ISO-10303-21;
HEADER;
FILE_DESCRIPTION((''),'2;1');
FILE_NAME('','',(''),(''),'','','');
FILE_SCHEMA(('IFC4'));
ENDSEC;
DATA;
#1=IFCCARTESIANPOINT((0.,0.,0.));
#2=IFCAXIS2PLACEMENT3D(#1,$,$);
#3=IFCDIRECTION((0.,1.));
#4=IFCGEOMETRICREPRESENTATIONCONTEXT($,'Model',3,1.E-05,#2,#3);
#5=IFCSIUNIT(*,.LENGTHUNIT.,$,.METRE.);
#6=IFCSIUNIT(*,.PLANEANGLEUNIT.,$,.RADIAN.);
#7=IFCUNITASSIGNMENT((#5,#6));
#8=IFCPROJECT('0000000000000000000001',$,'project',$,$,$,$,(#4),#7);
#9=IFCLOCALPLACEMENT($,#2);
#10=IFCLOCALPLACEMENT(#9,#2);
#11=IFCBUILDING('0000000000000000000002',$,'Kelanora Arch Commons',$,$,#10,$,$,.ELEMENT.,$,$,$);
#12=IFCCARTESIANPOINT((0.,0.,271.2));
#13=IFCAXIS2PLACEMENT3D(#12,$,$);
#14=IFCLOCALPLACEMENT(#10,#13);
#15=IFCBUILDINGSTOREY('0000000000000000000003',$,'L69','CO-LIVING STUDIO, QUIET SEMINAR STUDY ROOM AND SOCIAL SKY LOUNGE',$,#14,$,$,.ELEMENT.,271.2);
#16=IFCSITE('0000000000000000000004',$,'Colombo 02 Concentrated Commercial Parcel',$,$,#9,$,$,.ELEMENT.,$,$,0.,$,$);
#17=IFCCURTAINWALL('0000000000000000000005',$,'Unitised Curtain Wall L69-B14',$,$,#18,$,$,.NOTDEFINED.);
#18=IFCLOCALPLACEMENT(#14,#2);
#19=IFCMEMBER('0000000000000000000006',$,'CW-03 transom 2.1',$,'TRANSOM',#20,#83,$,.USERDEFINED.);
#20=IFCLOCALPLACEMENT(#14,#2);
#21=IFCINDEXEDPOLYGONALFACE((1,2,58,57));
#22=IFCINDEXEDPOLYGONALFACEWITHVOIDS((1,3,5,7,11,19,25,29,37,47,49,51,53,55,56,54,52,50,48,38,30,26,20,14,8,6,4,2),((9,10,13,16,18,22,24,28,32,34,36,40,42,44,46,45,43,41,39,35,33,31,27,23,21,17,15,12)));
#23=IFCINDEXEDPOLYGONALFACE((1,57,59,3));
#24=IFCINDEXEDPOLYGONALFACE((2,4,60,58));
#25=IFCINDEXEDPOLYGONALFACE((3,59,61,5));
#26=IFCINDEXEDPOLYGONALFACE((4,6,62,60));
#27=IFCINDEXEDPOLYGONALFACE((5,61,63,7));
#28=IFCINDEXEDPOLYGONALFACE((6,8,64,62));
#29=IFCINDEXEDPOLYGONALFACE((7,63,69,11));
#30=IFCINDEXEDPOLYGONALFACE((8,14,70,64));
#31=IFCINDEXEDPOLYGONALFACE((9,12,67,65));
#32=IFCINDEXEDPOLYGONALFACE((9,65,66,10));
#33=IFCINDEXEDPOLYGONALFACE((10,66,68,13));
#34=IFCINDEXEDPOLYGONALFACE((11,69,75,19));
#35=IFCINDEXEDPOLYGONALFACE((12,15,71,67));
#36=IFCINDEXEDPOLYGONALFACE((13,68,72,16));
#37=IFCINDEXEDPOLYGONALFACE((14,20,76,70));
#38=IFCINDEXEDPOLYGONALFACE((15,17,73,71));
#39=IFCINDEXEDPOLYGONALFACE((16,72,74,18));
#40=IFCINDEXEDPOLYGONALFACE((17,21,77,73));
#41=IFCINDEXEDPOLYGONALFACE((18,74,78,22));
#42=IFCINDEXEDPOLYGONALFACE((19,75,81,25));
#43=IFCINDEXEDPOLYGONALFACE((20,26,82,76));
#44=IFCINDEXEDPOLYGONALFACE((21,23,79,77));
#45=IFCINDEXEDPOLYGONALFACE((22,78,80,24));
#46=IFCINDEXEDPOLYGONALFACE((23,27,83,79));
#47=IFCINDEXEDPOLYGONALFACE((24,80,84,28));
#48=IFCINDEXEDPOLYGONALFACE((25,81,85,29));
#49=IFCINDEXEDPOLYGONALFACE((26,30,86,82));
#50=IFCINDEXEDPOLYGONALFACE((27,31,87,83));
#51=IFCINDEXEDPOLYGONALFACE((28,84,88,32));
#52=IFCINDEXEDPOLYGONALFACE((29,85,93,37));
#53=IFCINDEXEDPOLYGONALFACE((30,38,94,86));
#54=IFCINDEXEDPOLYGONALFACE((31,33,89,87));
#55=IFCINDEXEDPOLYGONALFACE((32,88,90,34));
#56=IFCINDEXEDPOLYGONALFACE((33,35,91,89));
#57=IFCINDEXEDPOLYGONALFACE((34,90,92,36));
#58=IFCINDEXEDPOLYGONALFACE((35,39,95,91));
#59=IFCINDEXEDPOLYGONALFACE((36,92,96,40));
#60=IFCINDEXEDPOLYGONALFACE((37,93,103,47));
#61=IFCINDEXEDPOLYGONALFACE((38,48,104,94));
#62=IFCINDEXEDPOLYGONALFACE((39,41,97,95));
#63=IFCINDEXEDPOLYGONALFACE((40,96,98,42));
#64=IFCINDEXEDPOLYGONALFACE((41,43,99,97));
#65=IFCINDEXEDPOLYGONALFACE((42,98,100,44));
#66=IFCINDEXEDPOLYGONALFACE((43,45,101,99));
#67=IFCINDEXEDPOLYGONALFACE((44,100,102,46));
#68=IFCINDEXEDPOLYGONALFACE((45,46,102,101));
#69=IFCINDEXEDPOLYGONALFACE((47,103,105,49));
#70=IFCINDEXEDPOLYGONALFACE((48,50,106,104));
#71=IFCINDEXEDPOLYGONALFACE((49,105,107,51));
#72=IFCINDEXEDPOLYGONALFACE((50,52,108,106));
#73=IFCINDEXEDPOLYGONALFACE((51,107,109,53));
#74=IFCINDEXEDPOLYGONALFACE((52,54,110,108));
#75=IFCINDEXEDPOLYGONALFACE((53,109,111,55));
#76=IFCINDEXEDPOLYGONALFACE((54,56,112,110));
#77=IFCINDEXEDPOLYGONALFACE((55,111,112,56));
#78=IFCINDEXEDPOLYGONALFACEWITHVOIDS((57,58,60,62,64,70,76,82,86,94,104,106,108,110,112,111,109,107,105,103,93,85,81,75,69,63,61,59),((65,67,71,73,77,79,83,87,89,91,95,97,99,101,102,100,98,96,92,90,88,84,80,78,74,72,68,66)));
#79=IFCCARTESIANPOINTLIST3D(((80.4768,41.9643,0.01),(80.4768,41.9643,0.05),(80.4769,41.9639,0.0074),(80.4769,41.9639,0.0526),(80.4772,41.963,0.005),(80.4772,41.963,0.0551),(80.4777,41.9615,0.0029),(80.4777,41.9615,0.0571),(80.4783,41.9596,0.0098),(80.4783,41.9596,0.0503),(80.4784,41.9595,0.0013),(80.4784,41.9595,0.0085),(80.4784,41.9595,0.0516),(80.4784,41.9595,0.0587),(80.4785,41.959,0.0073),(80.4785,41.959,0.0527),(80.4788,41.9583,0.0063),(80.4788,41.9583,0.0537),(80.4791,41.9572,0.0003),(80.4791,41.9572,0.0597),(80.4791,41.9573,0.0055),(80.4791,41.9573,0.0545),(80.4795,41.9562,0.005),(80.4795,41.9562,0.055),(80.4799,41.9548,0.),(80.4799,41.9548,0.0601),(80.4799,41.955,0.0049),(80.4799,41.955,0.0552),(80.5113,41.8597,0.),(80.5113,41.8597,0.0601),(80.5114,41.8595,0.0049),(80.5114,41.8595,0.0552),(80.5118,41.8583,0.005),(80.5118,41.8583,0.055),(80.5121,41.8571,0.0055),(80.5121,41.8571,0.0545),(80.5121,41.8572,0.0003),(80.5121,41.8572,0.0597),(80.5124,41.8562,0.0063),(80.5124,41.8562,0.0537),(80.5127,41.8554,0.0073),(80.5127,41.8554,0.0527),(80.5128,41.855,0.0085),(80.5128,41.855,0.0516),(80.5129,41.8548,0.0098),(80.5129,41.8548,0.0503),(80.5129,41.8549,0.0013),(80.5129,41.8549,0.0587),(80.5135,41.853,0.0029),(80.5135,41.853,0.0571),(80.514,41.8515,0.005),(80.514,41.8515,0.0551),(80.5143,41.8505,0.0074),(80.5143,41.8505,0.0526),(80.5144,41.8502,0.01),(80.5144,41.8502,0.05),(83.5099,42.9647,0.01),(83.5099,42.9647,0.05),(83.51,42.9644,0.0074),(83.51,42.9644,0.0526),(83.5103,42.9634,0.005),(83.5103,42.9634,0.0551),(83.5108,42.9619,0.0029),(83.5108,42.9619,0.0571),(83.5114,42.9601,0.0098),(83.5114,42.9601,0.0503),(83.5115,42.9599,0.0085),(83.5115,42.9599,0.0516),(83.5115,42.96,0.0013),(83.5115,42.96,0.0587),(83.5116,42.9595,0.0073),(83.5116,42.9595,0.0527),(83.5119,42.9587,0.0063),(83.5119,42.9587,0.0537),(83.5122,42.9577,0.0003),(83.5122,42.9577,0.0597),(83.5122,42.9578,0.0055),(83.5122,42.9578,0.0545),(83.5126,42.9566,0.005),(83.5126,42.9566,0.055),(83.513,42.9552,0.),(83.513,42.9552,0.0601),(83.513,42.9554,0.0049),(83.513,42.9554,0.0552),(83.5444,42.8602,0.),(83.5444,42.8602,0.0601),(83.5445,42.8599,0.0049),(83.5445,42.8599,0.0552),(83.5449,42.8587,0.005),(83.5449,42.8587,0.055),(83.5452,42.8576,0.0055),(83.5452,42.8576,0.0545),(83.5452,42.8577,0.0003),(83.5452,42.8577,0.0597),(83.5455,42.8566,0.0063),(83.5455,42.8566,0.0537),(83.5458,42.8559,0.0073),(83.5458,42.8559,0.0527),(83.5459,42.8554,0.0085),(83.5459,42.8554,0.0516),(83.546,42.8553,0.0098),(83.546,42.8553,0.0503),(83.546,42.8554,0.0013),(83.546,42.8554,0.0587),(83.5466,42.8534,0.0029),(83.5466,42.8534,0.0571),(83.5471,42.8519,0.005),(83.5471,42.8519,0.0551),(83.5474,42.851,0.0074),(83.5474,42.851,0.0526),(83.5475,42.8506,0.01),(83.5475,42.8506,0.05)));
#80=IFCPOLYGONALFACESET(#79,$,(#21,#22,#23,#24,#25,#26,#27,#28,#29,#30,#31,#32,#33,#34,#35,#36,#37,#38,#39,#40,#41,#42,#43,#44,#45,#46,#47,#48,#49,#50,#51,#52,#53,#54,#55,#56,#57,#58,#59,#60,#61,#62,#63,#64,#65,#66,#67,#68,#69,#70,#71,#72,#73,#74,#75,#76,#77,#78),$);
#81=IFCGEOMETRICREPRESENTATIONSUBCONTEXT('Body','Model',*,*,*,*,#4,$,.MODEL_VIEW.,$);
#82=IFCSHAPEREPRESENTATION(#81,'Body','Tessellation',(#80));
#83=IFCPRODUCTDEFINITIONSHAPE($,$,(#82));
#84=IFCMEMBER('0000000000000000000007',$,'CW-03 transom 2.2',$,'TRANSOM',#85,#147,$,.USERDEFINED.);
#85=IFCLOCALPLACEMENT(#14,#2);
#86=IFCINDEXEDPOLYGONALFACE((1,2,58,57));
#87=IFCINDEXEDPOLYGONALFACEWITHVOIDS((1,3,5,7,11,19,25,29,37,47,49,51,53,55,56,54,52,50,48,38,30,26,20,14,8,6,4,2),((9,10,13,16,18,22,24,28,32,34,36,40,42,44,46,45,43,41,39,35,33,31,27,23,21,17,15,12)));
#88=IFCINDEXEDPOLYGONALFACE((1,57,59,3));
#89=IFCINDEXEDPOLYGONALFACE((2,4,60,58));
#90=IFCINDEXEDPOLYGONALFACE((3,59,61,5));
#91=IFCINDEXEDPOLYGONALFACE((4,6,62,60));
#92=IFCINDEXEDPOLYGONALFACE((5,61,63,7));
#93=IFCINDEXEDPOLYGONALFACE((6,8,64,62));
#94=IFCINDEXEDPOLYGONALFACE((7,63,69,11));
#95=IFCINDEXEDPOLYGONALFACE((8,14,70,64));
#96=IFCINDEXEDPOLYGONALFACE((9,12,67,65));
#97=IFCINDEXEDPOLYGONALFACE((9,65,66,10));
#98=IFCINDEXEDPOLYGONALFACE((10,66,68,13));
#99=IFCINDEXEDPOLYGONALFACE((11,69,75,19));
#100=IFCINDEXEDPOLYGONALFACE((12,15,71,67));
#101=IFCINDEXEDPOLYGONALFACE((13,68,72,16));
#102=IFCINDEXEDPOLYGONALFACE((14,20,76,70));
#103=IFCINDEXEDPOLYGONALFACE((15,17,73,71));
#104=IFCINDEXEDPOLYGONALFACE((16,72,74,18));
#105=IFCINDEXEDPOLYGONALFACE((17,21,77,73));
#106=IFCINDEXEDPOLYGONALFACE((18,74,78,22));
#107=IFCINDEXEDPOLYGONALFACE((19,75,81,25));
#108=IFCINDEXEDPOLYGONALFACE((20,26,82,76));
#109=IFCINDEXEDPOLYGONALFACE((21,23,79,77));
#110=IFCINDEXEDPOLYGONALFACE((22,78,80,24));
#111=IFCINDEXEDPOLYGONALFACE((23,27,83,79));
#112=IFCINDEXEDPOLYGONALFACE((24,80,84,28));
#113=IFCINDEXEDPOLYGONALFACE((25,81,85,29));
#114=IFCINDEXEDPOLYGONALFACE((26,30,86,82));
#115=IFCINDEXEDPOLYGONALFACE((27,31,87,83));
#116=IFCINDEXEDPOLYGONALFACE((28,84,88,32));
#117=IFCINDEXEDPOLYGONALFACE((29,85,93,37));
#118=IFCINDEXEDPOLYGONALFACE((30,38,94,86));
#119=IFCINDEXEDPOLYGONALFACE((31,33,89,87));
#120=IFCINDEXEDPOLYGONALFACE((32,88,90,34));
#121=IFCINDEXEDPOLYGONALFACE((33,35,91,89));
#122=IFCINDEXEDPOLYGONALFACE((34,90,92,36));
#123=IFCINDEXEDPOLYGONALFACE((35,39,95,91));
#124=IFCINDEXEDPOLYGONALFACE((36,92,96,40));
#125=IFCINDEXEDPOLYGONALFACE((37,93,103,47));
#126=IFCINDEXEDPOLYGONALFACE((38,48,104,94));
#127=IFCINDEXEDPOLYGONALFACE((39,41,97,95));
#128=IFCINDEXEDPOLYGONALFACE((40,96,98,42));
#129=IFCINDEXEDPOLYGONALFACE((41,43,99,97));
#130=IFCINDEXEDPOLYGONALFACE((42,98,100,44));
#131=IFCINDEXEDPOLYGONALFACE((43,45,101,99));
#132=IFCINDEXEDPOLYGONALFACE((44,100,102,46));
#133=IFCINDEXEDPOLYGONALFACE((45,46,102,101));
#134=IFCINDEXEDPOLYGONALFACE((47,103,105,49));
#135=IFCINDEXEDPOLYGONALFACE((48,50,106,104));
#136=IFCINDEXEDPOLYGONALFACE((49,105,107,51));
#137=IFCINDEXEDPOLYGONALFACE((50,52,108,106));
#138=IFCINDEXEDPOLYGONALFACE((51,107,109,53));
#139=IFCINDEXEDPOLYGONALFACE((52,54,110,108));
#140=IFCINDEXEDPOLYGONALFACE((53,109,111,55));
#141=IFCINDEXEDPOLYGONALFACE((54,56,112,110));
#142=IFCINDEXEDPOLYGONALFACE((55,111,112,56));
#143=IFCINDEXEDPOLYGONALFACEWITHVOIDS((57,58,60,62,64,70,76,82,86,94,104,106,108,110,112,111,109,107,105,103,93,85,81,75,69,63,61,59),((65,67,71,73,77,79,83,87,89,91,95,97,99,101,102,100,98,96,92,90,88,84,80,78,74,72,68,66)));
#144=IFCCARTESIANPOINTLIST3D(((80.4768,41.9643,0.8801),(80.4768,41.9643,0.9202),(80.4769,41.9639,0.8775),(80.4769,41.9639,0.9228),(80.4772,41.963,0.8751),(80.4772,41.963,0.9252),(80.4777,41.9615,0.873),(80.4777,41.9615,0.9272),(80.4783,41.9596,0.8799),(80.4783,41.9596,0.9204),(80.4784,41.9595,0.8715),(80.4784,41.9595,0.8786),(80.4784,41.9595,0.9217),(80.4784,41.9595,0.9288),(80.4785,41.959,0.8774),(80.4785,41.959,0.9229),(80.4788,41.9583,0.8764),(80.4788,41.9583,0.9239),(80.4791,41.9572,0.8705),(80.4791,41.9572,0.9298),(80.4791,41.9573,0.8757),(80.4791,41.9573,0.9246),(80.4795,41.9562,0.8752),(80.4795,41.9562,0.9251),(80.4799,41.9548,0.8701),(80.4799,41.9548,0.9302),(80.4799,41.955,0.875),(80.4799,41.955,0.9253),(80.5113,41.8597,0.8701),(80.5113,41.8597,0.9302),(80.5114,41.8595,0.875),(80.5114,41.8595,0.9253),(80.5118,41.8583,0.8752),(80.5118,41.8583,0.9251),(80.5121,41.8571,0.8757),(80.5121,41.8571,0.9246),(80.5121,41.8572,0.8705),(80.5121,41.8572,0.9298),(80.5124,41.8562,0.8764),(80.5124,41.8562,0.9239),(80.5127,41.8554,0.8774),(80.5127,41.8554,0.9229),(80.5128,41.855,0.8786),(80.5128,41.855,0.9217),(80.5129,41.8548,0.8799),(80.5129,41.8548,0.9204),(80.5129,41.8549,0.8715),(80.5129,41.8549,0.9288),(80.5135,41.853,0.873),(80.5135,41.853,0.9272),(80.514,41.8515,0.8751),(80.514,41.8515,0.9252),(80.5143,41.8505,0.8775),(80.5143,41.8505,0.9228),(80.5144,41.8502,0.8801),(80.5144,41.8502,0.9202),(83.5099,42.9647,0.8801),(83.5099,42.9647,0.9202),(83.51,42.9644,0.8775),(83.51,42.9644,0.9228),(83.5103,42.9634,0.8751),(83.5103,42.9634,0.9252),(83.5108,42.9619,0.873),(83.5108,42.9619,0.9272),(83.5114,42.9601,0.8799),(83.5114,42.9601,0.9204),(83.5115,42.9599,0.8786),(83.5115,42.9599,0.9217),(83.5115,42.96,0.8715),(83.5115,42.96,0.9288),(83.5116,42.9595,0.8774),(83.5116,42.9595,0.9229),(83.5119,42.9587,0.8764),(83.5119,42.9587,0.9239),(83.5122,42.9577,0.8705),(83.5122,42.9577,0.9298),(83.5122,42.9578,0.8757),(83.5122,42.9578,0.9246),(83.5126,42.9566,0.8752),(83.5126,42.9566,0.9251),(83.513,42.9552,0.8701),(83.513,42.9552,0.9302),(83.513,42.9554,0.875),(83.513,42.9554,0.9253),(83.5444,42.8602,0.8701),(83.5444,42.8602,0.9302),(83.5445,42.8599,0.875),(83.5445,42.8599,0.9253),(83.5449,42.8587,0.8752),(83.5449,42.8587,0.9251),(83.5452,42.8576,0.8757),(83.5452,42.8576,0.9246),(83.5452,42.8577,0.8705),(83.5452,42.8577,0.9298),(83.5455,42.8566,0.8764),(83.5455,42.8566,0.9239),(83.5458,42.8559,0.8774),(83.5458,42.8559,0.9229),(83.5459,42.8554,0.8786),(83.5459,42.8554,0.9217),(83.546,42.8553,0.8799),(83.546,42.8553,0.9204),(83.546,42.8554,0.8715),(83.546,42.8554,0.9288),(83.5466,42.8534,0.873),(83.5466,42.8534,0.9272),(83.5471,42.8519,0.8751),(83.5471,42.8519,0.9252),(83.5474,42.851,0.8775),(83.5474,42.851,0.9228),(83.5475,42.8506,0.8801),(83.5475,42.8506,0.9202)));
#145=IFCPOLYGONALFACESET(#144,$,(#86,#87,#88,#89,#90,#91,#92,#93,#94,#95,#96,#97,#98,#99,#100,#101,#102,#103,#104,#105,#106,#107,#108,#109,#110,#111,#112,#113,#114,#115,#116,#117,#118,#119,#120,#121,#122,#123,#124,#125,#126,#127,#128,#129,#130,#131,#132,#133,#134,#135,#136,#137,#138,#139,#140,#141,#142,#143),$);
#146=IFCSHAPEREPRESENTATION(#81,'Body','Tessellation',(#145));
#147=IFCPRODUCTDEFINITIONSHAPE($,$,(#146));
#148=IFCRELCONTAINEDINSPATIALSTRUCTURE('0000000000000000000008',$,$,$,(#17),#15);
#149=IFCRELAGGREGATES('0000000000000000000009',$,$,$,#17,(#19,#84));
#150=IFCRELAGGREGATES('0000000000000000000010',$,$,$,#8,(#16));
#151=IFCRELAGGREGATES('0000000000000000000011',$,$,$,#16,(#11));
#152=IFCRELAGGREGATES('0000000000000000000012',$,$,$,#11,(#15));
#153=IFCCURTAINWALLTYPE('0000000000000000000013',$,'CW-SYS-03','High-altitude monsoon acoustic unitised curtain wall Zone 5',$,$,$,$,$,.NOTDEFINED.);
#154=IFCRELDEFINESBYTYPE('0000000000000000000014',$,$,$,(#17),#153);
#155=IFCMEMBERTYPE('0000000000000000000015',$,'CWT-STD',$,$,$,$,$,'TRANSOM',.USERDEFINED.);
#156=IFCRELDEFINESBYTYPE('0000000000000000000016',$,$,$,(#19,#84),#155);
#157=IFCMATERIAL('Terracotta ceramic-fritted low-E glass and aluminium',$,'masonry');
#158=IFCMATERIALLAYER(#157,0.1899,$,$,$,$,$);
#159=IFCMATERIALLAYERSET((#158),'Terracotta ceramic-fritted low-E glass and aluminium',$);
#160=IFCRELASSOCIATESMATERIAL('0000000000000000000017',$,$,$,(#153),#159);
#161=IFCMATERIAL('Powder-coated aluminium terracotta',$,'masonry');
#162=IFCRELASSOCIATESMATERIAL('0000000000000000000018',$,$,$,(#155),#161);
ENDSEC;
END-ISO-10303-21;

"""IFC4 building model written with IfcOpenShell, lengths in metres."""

from ifc_helpers import new_model, si_unit, direction, frame, origin, origin_2d, place, context, subcontext, project, spatial, hollow_rectangle, extrude, material, layer, layer_set, material_profile, profile_set, type_object, element, aggregate, save


model = new_model("IFC4")

# Units and contexts
model_context = context("Model", 3, precision=1e-05, world=origin(), true_north=direction((0.0, 1.0)))
body_context = subcontext(model_context, "Body", "Model", "MODEL_VIEW")
ifc_project = project(units=[si_unit("LENGTHUNIT", "METRE"), si_unit("PLANEANGLEUNIT", "RADIAN")], contexts=[model_context])

# Site, building, storey
site_placement = place(None, origin())
site = spatial("IfcSite", under=ifc_project, at=site_placement, Name="Colombo 02 Concentrated Commercial Parcel", CompositionType="ELEMENT", RefElevation=0.0)
building_placement = place(site_placement, origin())
building = spatial("IfcBuilding", under=site, at=building_placement, Name="Kelanora Arch Commons", CompositionType="ELEMENT")
storey_placement = place(building_placement, frame((0.0, 0.0, 271.2)))
storey = spatial("IfcBuildingStorey", under=building, at=storey_placement, Name="L69", Description="CO-LIVING STUDIO, QUIET SEMINAR STUDY ROOM AND SOCIAL SKY LOUNGE", CompositionType="ELEMENT", Elevation=271.2)

# Curtain wall, members
ifc_material_1 = material(Name="Terracotta ceramic-fritted low-E glass and aluminium", Category="masonry")
ifc_layer_1 = layer(ifc_material_1, 0.1899)
ifc_layer_set_1 = layer_set([ifc_layer_1], Name="Terracotta ceramic-fritted low-E glass and aluminium")
curtain_wall_type = type_object("IfcCurtainWallType", Name="CW-SYS-03", Description="High-altitude monsoon acoustic unitised curtain wall Zone 5", PredefinedType="NOTDEFINED", material=ifc_layer_set_1)
curtain_wall_placement = place(storey_placement, origin())
curtain_wall = element("IfcCurtainWall", 1, at=curtain_wall_placement, inside=storey, type_object=curtain_wall_type, Name="Unitised Curtain Wall L69-B14", PredefinedType="NOTDEFINED")
ifc_material_2 = material(Name="Powder-coated aluminium terracotta", Category="masonry")
ifc_material_profile_1 = material_profile(ifc_material_2, hollow_rectangle(XDim=0.1201, YDim=0.0601, WallThickness=0.0049, InnerFilletRadius=0.0049, OuterFilletRadius=0.01, at=origin_2d()), Name="CWT120x60")
ifc_profile_set_1 = profile_set([ifc_material_profile_1], Name="Powder-coated aluminium terracotta")
member_type_1 = type_object("IfcMemberType", Name="CWT-STD", ElementType="TRANSOM", PredefinedType="USERDEFINED", material=ifc_profile_set_1)
member_1_placement = place(storey_placement, frame((80.4956, 41.9072, 0.03), z_axis=(0.949672, 0.313245, 0.0), x_axis=(-0.313245, 0.949672, 0.0)))
member_1 = element("IfcMember", 2, at=member_1_placement, type_object=member_type_1, Name="CW-03 transom 2.1", ObjectType="TRANSOM", PredefinedType="USERDEFINED", context=body_context, shape_type="SweptSolid", body=[
    extrude(hollow_rectangle(XDim=0.1201, YDim=0.0601, WallThickness=0.0049, InnerFilletRadius=0.0049, OuterFilletRadius=0.01, at=origin_2d()), origin(), (0.0, 0.0, 1.0), 3.1938),
])
member_2_placement = place(storey_placement, frame((80.4956, 41.9072, 0.9001), z_axis=(0.949672, 0.313245, 0.0), x_axis=(-0.313245, 0.949672, 0.0)))
member_2 = element("IfcMember", 3, at=member_2_placement, type_object=member_type_1, Name="CW-03 transom 2.2", ObjectType="TRANSOM", PredefinedType="USERDEFINED", context=body_context, shape_type="SweptSolid", body=[
    extrude(hollow_rectangle(XDim=0.1201, YDim=0.0601, WallThickness=0.0049, InnerFilletRadius=0.0049, OuterFilletRadius=0.01, at=origin_2d()), origin(), (0.0, 0.0, 1.0), 3.1938),
])
aggregate(curtain_wall, [member_1, member_2])

save(model, "model.ifc")
